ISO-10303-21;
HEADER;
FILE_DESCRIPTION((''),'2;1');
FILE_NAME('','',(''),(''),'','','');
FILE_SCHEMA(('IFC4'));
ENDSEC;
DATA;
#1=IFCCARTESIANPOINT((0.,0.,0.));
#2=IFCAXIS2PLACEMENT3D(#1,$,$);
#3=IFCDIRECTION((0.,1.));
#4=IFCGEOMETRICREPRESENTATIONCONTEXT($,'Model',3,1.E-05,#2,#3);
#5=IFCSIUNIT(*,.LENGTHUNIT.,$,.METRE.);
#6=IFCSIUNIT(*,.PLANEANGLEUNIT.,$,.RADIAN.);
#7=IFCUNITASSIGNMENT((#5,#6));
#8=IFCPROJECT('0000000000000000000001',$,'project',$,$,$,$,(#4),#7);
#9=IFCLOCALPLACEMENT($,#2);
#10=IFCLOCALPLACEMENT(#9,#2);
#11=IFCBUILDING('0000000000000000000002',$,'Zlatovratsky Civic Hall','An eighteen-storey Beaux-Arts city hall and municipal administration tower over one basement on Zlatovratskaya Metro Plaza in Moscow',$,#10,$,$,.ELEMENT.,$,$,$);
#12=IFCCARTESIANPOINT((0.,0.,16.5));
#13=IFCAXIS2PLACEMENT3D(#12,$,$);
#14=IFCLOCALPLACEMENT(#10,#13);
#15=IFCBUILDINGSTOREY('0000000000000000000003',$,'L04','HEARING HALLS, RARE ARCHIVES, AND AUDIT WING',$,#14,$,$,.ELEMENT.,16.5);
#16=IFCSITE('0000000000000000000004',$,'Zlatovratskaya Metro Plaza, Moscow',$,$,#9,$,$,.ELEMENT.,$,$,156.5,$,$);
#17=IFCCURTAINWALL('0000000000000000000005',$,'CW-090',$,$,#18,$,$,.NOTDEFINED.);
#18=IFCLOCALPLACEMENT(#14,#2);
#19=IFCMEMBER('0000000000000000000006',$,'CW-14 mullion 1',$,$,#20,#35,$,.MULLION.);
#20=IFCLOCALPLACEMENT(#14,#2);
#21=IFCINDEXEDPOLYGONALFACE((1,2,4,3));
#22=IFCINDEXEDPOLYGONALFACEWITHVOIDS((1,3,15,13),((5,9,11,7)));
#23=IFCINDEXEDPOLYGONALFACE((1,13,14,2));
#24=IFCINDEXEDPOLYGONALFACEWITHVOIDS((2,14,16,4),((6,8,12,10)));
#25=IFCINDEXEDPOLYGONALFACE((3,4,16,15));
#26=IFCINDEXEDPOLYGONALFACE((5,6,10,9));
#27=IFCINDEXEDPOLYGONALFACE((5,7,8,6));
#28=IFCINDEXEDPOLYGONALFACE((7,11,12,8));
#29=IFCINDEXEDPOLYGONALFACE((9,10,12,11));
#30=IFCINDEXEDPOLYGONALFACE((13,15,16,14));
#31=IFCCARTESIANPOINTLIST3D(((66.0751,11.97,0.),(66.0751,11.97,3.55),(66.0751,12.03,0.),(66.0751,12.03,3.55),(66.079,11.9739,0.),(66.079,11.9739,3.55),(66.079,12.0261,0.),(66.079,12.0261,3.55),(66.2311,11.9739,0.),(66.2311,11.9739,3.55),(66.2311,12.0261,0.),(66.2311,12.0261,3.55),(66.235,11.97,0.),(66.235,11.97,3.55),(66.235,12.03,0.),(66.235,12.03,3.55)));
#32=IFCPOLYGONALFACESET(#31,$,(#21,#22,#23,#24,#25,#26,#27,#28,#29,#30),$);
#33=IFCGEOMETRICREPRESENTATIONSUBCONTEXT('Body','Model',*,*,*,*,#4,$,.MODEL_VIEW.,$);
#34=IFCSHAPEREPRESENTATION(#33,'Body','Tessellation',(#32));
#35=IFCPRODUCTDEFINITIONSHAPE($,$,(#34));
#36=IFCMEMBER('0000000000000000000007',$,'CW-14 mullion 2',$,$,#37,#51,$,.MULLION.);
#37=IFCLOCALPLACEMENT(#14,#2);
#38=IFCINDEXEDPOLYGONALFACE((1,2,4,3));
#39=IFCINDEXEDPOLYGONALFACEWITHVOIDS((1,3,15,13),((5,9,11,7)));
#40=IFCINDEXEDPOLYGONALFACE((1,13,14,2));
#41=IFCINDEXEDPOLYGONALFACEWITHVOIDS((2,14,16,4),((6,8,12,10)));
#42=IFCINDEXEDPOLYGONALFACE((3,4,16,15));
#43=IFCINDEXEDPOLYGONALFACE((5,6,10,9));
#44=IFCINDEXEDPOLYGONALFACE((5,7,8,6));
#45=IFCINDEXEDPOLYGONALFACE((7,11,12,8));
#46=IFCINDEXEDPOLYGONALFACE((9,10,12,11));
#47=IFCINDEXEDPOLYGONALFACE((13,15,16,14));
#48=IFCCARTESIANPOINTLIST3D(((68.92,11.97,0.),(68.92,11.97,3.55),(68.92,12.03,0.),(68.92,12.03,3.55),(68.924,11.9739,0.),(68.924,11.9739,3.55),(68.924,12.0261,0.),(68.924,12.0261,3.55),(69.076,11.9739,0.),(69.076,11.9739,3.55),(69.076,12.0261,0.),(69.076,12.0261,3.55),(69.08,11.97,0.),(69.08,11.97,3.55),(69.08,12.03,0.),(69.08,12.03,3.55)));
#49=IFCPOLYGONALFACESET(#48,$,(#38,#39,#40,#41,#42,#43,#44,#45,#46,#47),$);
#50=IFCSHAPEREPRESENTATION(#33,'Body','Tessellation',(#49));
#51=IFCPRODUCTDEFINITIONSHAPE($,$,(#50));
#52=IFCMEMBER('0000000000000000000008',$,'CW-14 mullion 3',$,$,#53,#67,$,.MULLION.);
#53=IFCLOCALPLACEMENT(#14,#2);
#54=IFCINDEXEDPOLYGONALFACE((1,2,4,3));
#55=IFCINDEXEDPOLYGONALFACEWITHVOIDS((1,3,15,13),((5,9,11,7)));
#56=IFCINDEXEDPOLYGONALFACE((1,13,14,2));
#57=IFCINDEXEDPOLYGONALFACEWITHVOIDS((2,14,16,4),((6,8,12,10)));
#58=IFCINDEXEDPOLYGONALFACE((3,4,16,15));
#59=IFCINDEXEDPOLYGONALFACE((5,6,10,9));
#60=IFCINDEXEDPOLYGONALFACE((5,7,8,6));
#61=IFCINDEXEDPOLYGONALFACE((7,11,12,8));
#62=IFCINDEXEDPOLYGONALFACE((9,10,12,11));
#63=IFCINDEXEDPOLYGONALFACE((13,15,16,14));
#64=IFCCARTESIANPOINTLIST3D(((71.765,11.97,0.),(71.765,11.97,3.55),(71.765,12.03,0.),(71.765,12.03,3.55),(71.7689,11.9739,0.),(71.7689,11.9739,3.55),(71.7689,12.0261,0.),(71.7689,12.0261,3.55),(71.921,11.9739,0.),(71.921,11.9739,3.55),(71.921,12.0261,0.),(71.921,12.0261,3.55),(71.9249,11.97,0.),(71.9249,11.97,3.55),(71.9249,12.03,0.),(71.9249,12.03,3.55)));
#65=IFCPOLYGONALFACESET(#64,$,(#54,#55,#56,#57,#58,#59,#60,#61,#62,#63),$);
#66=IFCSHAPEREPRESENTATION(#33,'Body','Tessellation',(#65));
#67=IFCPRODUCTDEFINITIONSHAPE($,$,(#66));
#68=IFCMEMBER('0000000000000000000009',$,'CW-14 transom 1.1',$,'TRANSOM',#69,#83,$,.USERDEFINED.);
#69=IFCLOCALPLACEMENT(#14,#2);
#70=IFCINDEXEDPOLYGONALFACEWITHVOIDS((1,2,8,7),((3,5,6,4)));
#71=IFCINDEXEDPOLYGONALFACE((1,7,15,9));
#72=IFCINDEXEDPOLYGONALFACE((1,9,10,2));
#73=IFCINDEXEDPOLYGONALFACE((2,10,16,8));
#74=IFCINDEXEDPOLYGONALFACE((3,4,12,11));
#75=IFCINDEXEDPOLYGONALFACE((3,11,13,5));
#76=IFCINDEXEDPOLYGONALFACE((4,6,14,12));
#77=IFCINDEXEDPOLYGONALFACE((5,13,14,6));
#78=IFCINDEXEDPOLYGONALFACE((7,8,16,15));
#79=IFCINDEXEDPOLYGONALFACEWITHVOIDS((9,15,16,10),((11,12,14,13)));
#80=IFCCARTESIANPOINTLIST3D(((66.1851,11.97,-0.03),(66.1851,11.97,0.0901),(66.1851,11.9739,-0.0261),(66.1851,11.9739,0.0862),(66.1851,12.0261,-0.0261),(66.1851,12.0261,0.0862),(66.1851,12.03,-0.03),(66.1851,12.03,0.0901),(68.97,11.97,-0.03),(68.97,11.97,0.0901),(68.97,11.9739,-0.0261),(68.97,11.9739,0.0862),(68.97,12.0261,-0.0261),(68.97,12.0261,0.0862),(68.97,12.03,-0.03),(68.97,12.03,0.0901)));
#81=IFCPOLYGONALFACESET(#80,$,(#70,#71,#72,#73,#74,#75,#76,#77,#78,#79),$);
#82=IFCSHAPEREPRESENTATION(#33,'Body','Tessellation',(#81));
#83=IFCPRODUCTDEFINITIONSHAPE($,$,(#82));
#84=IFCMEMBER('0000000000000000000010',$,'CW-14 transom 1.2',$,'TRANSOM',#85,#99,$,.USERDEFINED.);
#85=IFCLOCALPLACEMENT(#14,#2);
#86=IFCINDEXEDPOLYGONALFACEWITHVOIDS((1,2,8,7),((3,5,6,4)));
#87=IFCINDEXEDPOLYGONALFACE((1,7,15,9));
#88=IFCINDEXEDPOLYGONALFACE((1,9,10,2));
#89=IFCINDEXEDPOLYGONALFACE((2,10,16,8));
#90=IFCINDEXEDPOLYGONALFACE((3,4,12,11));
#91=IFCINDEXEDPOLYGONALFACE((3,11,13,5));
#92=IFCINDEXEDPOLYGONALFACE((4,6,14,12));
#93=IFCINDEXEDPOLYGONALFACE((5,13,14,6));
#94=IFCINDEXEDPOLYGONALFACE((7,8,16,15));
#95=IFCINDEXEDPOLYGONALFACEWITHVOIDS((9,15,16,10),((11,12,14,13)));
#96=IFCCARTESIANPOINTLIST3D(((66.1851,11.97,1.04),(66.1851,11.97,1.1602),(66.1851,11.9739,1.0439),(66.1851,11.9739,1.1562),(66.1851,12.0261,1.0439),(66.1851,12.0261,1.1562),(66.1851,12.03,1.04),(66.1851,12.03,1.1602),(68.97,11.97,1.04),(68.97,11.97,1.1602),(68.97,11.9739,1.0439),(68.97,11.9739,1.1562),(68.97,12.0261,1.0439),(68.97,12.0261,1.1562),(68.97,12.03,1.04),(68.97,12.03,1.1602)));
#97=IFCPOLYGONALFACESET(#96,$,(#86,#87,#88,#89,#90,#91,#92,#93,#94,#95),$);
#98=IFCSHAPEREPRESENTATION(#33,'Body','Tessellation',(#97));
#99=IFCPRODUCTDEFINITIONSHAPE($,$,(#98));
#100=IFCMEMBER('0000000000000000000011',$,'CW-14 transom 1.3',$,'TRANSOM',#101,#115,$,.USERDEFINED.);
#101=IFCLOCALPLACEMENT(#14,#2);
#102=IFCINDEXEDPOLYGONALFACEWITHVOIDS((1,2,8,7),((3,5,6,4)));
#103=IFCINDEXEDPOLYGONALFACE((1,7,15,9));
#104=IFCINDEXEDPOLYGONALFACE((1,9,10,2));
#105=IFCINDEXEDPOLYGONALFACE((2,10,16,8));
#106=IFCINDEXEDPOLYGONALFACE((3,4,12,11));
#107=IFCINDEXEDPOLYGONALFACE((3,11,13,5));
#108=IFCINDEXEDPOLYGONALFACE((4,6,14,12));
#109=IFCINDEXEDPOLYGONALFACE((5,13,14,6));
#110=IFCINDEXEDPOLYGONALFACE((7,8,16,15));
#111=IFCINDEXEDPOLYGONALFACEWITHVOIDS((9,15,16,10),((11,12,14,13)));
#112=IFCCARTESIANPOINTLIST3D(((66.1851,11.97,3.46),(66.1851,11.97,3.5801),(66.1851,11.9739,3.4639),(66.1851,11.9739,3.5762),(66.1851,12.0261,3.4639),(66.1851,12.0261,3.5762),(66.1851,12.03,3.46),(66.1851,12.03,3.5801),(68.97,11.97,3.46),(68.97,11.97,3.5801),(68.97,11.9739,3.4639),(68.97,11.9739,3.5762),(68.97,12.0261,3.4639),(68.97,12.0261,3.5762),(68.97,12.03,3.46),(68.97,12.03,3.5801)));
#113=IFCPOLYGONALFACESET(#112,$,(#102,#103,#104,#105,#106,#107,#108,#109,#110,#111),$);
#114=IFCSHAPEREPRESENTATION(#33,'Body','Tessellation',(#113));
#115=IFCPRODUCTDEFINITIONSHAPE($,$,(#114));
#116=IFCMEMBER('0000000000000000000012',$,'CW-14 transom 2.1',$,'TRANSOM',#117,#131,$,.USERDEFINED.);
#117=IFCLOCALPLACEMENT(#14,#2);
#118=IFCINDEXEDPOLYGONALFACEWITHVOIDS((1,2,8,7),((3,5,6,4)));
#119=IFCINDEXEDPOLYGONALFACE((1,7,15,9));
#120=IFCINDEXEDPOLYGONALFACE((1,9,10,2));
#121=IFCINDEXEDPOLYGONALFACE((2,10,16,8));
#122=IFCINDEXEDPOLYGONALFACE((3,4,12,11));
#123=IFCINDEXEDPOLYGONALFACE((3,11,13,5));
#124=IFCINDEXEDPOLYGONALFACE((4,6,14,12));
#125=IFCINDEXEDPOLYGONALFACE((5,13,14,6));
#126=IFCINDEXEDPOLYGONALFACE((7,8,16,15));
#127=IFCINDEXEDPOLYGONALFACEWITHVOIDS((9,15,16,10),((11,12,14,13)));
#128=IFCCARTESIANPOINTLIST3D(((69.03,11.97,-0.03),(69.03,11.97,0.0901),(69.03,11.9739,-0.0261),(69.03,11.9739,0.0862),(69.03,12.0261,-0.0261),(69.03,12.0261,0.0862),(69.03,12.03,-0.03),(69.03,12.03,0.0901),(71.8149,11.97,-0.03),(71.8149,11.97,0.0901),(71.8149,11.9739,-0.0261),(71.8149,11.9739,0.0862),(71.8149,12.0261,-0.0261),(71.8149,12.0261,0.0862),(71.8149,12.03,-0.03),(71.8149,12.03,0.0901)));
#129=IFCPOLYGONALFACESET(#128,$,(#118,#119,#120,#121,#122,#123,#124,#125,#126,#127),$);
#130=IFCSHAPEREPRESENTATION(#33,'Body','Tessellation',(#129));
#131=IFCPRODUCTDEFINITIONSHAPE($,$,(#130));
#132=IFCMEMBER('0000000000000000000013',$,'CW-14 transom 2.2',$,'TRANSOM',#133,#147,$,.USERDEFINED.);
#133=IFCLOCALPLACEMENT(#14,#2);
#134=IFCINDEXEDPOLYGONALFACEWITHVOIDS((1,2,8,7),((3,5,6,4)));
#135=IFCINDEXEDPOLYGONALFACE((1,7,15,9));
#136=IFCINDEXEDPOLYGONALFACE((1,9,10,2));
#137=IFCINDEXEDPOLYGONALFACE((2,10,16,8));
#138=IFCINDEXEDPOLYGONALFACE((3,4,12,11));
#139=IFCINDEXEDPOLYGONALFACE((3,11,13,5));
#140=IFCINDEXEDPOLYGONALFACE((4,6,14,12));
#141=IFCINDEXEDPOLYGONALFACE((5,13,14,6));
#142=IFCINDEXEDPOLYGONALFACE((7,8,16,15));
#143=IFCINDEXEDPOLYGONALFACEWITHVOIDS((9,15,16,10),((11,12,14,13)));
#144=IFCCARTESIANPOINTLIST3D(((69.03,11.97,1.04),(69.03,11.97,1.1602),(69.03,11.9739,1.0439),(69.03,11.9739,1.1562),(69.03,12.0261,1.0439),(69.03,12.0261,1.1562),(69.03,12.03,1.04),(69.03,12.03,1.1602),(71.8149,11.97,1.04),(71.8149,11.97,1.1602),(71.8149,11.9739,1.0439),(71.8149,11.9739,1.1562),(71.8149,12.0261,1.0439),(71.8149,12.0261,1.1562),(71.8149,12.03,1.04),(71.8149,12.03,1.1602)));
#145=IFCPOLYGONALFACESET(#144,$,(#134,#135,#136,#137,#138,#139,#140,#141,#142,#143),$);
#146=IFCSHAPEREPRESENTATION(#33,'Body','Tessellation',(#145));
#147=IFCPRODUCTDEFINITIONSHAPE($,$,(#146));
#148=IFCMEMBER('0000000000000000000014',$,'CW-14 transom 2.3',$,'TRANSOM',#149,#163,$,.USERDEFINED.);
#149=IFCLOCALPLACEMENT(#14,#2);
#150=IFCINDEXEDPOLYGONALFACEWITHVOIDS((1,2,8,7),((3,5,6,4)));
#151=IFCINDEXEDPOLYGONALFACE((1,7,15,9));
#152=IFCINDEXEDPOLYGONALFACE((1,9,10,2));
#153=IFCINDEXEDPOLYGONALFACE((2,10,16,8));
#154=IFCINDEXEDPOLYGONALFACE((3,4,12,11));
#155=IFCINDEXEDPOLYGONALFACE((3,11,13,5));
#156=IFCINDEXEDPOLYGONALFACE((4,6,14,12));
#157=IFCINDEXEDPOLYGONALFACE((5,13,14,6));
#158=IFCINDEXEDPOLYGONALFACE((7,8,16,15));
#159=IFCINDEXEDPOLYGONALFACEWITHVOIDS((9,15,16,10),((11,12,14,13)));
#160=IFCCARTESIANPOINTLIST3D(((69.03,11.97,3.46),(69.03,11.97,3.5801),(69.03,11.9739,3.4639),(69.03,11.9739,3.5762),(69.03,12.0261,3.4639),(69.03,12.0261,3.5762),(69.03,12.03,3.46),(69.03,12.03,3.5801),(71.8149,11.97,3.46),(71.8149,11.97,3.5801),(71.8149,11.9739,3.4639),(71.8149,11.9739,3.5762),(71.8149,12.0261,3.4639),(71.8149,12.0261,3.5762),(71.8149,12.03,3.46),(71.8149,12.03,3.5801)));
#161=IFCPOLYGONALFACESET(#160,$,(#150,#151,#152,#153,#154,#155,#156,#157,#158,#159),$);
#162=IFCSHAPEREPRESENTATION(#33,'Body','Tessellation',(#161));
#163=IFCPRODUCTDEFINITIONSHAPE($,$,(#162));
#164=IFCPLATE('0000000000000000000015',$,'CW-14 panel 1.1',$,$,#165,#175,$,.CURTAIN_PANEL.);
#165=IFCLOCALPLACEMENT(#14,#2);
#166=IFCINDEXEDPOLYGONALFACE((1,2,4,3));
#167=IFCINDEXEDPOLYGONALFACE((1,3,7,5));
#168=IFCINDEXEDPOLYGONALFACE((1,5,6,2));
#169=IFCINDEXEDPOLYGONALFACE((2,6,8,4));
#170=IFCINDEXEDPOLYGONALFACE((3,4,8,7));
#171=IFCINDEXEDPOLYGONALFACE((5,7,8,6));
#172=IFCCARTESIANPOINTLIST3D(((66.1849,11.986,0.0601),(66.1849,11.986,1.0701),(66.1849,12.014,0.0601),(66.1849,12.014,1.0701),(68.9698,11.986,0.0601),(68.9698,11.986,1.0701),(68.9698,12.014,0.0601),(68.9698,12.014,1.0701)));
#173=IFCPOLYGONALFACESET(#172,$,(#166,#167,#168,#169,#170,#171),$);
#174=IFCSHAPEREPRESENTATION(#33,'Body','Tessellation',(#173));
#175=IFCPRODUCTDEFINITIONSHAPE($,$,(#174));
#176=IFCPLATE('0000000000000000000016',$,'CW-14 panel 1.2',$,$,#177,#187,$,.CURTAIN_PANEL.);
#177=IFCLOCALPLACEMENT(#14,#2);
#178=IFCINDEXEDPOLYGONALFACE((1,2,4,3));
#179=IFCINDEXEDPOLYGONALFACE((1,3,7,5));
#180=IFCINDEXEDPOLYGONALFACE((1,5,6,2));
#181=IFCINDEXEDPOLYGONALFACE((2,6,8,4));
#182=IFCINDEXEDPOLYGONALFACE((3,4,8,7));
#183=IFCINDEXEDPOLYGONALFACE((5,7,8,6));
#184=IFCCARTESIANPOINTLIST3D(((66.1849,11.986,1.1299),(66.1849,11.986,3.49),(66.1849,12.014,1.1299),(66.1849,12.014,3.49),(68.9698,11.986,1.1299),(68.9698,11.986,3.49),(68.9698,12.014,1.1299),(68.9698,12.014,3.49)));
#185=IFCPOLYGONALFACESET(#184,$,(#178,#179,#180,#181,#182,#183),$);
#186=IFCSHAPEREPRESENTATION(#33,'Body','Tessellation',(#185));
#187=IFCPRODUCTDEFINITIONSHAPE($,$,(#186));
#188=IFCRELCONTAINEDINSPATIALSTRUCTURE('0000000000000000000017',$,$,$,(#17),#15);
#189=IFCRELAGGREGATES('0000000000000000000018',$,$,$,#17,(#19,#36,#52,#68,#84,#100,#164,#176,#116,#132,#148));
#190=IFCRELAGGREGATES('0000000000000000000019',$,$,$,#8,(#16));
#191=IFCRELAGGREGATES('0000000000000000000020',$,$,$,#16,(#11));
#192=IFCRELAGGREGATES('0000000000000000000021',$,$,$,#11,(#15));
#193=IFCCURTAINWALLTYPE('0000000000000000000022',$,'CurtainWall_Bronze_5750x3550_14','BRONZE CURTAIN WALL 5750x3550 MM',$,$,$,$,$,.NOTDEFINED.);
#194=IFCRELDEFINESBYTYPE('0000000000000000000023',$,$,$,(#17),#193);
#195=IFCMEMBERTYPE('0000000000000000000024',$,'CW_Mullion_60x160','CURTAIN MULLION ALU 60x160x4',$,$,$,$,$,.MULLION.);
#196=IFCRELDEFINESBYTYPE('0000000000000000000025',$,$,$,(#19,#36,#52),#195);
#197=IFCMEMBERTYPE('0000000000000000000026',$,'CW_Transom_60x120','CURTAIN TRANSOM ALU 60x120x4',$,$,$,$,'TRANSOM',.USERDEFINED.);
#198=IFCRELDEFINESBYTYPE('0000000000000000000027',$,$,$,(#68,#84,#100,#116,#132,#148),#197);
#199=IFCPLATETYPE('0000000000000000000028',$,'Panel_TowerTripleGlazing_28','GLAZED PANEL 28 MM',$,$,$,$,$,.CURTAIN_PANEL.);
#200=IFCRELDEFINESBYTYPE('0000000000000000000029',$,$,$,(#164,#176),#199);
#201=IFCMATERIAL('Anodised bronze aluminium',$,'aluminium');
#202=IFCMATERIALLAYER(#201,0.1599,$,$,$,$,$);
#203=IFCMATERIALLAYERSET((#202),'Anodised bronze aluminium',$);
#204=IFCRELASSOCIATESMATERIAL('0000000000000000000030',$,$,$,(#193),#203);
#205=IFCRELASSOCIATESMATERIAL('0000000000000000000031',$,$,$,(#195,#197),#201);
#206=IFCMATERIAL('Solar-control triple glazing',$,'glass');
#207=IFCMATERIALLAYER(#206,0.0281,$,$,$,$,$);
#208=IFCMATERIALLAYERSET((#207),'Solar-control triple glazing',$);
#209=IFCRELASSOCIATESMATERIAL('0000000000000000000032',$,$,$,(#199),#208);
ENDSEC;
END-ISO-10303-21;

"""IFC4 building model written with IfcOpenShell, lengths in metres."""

from ifc_helpers import new_model, si_unit, direction, frame, origin, origin_2d, place, context, subcontext, project, spatial, rectangle, hollow_rectangle, extrude, material, layer, layer_set, material_profile, profile_set, type_object, element, aggregate, save


model = new_model("IFC4")

# Units and contexts
model_context = context("Model", 3, precision=1e-05, world=origin(), true_north=direction((0.0, 1.0)))
body_context = subcontext(model_context, "Body", "Model", "MODEL_VIEW")
ifc_project = project(units=[si_unit("LENGTHUNIT", "METRE"), si_unit("PLANEANGLEUNIT", "RADIAN")], contexts=[model_context])

# Site, building, storey
site_placement = place(None, origin())
site = spatial("IfcSite", under=ifc_project, at=site_placement, Name="Zlatovratskaya Metro Plaza, Moscow", CompositionType="ELEMENT", RefElevation=156.5)
building_placement = place(site_placement, origin())
building = spatial("IfcBuilding", under=site, at=building_placement, Name="Zlatovratsky Civic Hall", Description="An eighteen-storey Beaux-Arts city hall and municipal administration tower over one basement on Zlatovratskaya Metro Plaza in Moscow", CompositionType="ELEMENT")
storey_placement = place(building_placement, frame((0.0, 0.0, 16.5)))
storey = spatial("IfcBuildingStorey", under=building, at=storey_placement, Name="L04", Description="HEARING HALLS, RARE ARCHIVES, AND AUDIT WING", CompositionType="ELEMENT", Elevation=16.5)

# Curtain wall, members, plates
ifc_material_1 = material(Name="Anodised bronze aluminium", Category="aluminium")
ifc_layer_1 = layer(ifc_material_1, 0.1599)
ifc_layer_set_1 = layer_set([ifc_layer_1], Name="Anodised bronze aluminium")
curtain_wall_type = type_object("IfcCurtainWallType", Name="CurtainWall_Bronze_5750x3550_14", Description="BRONZE CURTAIN WALL 5750x3550 MM", PredefinedType="NOTDEFINED", material=ifc_layer_set_1)
curtain_wall_placement = place(storey_placement, origin())
curtain_wall = element("IfcCurtainWall", 1, at=curtain_wall_placement, inside=storey, type_object=curtain_wall_type, Name="CW-090", PredefinedType="NOTDEFINED")
ifc_material_profile_1 = material_profile(ifc_material_1, hollow_rectangle(XDim=0.0601, YDim=0.1599, WallThickness=0.0039, at=origin_2d()), Name="ALU 60x160x4")
ifc_profile_set_1 = profile_set([ifc_material_profile_1], Name="Anodised bronze aluminium")
member_type_1 = type_object("IfcMemberType", Name="CW_Mullion_60x160", Description="CURTAIN MULLION ALU 60x160x4", PredefinedType="MULLION", material=ifc_profile_set_1)
member_1_placement = place(storey_placement, frame((66.155, 12.0, 0.0), z_axis=(0.0, 0.0, 1.0), x_axis=(0.0, 1.0, 0.0)))
member_1 = element("IfcMember", 2, at=member_1_placement, type_object=member_type_1, Name="CW-14 mullion 1", PredefinedType="MULLION", context=body_context, shape_type="SweptSolid", body=[
    extrude(hollow_rectangle(XDim=0.0601, YDim=0.1599, WallThickness=0.0039, at=origin_2d()), origin(), (0.0, 0.0, 1.0), 3.55),
])
member_2_placement = place(storey_placement, frame((69.0, 12.0, 0.0), z_axis=(0.0, 0.0, 1.0), x_axis=(0.0, 1.0, 0.0)))
member_2 = element("IfcMember", 3, at=member_2_placement, type_object=member_type_1, Name="CW-14 mullion 2", PredefinedType="MULLION", context=body_context, shape_type="SweptSolid", body=[
    extrude(hollow_rectangle(XDim=0.0601, YDim=0.1599, WallThickness=0.0039, at=origin_2d()), origin(), (0.0, 0.0, 1.0), 3.55),
])
member_3_placement = place(storey_placement, frame((71.845, 12.0, 0.0), z_axis=(0.0, 0.0, 1.0), x_axis=(0.0, 1.0, 0.0)))
member_3 = element("IfcMember", 4, at=member_3_placement, type_object=member_type_1, Name="CW-14 mullion 3", PredefinedType="MULLION", context=body_context, shape_type="SweptSolid", body=[
    extrude(hollow_rectangle(XDim=0.0601, YDim=0.1599, WallThickness=0.0039, at=origin_2d()), origin(), (0.0, 0.0, 1.0), 3.55),
])
ifc_material_profile_2 = material_profile(ifc_material_1, hollow_rectangle(XDim=0.0601, YDim=0.1201, WallThickness=0.0039, at=origin_2d()), Name="ALU 60x120x4")
ifc_profile_set_2 = profile_set([ifc_material_profile_2], Name="Anodised bronze aluminium")
member_type_2 = type_object("IfcMemberType", Name="CW_Transom_60x120", Description="CURTAIN TRANSOM ALU 60x120x4", ElementType="TRANSOM", PredefinedType="USERDEFINED", material=ifc_profile_set_2)
member_4_placement = place(storey_placement, frame((66.1851, 12.0, 0.03), z_axis=(1.0, 0.0, 0.0), x_axis=(0.0, 1.0, 0.0)))
member_4 = element("IfcMember", 5, at=member_4_placement, type_object=member_type_2, Name="CW-14 transom 1.1", ObjectType="TRANSOM", PredefinedType="USERDEFINED", context=body_context, shape_type="SweptSolid", body=[
    extrude(hollow_rectangle(XDim=0.0601, YDim=0.1201, WallThickness=0.0039, at=origin_2d()), origin(), (0.0, 0.0, 1.0), 2.7849),
])
member_5_placement = place(storey_placement, frame((66.1851, 12.0, 1.1001), z_axis=(1.0, 0.0, 0.0), x_axis=(0.0, 1.0, 0.0)))
member_5 = element("IfcMember", 6, at=member_5_placement, type_object=member_type_2, Name="CW-14 transom 1.2", ObjectType="TRANSOM", PredefinedType="USERDEFINED", context=body_context, shape_type="SweptSolid", body=[
    extrude(hollow_rectangle(XDim=0.0601, YDim=0.1201, WallThickness=0.0039, at=origin_2d()), origin(), (0.0, 0.0, 1.0), 2.7849),
])
member_6_placement = place(storey_placement, frame((66.1851, 12.0, 3.52), z_axis=(1.0, 0.0, 0.0), x_axis=(0.0, 1.0, 0.0)))
member_6 = element("IfcMember", 7, at=member_6_placement, type_object=member_type_2, Name="CW-14 transom 1.3", ObjectType="TRANSOM", PredefinedType="USERDEFINED", context=body_context, shape_type="SweptSolid", body=[
    extrude(hollow_rectangle(XDim=0.0601, YDim=0.1201, WallThickness=0.0039, at=origin_2d()), origin(), (0.0, 0.0, 1.0), 2.7849),
])
member_7_placement = place(storey_placement, frame((69.03, 12.0, 0.03), z_axis=(1.0, 0.0, 0.0), x_axis=(0.0, 1.0, 0.0)))
member_7 = element("IfcMember", 8, at=member_7_placement, type_object=member_type_2, Name="CW-14 transom 2.1", ObjectType="TRANSOM", PredefinedType="USERDEFINED", context=body_context, shape_type="SweptSolid", body=[
    extrude(hollow_rectangle(XDim=0.0601, YDim=0.1201, WallThickness=0.0039, at=origin_2d()), origin(), (0.0, 0.0, 1.0), 2.7849),
])
member_8_placement = place(storey_placement, frame((69.03, 12.0, 1.1001), z_axis=(1.0, 0.0, 0.0), x_axis=(0.0, 1.0, 0.0)))
member_8 = element("IfcMember", 9, at=member_8_placement, type_object=member_type_2, Name="CW-14 transom 2.2", ObjectType="TRANSOM", PredefinedType="USERDEFINED", context=body_context, shape_type="SweptSolid", body=[
    extrude(hollow_rectangle(XDim=0.0601, YDim=0.1201, WallThickness=0.0039, at=origin_2d()), origin(), (0.0, 0.0, 1.0), 2.7849),
])
member_9_placement = place(storey_placement, frame((69.03, 12.0, 3.52), z_axis=(1.0, 0.0, 0.0), x_axis=(0.0, 1.0, 0.0)))
member_9 = element("IfcMember", 10, at=member_9_placement, type_object=member_type_2, Name="CW-14 transom 2.3", ObjectType="TRANSOM", PredefinedType="USERDEFINED", context=body_context, shape_type="SweptSolid", body=[
    extrude(hollow_rectangle(XDim=0.0601, YDim=0.1201, WallThickness=0.0039, at=origin_2d()), origin(), (0.0, 0.0, 1.0), 2.7849),
])
ifc_material_2 = material(Name="Solar-control triple glazing", Category="glass")
ifc_layer_2 = layer(ifc_material_2, 0.0281)
ifc_layer_set_2 = layer_set([ifc_layer_2], Name="Solar-control triple glazing")
plate_type = type_object("IfcPlateType", Name="Panel_TowerTripleGlazing_28", Description="GLAZED PANEL 28 MM", PredefinedType="CURTAIN_PANEL", material=ifc_layer_set_2)
plate_1_placement = place(storey_placement, frame((67.5774, 12.0, 0.0601), z_axis=(0.0, 0.0, 1.0), x_axis=(1.0, 0.0, 0.0)))
plate_1 = element("IfcPlate", 11, at=plate_1_placement, type_object=plate_type, Name="CW-14 panel 1.1", PredefinedType="CURTAIN_PANEL", context=body_context, shape_type="SweptSolid", body=[
    extrude(rectangle(XDim=2.7849, YDim=0.0281, at=origin_2d()), origin(), (0.0, 0.0, 1.0), 1.01),
])
plate_2_placement = place(storey_placement, frame((67.5774, 12.0, 1.1299), z_axis=(0.0, 0.0, 1.0), x_axis=(1.0, 0.0, 0.0)))
plate_2 = element("IfcPlate", 12, at=plate_2_placement, type_object=plate_type, Name="CW-14 panel 1.2", PredefinedType="CURTAIN_PANEL", context=body_context, shape_type="SweptSolid", body=[
    extrude(rectangle(XDim=2.7849, YDim=0.0281, at=origin_2d()), origin(), (0.0, 0.0, 1.0), 2.3601),
])
aggregate(curtain_wall, [member_1, member_2, member_3, member_4, member_5, member_6, plate_1, plate_2, member_7, member_8, member_9])

save(model, "model.ifc")
